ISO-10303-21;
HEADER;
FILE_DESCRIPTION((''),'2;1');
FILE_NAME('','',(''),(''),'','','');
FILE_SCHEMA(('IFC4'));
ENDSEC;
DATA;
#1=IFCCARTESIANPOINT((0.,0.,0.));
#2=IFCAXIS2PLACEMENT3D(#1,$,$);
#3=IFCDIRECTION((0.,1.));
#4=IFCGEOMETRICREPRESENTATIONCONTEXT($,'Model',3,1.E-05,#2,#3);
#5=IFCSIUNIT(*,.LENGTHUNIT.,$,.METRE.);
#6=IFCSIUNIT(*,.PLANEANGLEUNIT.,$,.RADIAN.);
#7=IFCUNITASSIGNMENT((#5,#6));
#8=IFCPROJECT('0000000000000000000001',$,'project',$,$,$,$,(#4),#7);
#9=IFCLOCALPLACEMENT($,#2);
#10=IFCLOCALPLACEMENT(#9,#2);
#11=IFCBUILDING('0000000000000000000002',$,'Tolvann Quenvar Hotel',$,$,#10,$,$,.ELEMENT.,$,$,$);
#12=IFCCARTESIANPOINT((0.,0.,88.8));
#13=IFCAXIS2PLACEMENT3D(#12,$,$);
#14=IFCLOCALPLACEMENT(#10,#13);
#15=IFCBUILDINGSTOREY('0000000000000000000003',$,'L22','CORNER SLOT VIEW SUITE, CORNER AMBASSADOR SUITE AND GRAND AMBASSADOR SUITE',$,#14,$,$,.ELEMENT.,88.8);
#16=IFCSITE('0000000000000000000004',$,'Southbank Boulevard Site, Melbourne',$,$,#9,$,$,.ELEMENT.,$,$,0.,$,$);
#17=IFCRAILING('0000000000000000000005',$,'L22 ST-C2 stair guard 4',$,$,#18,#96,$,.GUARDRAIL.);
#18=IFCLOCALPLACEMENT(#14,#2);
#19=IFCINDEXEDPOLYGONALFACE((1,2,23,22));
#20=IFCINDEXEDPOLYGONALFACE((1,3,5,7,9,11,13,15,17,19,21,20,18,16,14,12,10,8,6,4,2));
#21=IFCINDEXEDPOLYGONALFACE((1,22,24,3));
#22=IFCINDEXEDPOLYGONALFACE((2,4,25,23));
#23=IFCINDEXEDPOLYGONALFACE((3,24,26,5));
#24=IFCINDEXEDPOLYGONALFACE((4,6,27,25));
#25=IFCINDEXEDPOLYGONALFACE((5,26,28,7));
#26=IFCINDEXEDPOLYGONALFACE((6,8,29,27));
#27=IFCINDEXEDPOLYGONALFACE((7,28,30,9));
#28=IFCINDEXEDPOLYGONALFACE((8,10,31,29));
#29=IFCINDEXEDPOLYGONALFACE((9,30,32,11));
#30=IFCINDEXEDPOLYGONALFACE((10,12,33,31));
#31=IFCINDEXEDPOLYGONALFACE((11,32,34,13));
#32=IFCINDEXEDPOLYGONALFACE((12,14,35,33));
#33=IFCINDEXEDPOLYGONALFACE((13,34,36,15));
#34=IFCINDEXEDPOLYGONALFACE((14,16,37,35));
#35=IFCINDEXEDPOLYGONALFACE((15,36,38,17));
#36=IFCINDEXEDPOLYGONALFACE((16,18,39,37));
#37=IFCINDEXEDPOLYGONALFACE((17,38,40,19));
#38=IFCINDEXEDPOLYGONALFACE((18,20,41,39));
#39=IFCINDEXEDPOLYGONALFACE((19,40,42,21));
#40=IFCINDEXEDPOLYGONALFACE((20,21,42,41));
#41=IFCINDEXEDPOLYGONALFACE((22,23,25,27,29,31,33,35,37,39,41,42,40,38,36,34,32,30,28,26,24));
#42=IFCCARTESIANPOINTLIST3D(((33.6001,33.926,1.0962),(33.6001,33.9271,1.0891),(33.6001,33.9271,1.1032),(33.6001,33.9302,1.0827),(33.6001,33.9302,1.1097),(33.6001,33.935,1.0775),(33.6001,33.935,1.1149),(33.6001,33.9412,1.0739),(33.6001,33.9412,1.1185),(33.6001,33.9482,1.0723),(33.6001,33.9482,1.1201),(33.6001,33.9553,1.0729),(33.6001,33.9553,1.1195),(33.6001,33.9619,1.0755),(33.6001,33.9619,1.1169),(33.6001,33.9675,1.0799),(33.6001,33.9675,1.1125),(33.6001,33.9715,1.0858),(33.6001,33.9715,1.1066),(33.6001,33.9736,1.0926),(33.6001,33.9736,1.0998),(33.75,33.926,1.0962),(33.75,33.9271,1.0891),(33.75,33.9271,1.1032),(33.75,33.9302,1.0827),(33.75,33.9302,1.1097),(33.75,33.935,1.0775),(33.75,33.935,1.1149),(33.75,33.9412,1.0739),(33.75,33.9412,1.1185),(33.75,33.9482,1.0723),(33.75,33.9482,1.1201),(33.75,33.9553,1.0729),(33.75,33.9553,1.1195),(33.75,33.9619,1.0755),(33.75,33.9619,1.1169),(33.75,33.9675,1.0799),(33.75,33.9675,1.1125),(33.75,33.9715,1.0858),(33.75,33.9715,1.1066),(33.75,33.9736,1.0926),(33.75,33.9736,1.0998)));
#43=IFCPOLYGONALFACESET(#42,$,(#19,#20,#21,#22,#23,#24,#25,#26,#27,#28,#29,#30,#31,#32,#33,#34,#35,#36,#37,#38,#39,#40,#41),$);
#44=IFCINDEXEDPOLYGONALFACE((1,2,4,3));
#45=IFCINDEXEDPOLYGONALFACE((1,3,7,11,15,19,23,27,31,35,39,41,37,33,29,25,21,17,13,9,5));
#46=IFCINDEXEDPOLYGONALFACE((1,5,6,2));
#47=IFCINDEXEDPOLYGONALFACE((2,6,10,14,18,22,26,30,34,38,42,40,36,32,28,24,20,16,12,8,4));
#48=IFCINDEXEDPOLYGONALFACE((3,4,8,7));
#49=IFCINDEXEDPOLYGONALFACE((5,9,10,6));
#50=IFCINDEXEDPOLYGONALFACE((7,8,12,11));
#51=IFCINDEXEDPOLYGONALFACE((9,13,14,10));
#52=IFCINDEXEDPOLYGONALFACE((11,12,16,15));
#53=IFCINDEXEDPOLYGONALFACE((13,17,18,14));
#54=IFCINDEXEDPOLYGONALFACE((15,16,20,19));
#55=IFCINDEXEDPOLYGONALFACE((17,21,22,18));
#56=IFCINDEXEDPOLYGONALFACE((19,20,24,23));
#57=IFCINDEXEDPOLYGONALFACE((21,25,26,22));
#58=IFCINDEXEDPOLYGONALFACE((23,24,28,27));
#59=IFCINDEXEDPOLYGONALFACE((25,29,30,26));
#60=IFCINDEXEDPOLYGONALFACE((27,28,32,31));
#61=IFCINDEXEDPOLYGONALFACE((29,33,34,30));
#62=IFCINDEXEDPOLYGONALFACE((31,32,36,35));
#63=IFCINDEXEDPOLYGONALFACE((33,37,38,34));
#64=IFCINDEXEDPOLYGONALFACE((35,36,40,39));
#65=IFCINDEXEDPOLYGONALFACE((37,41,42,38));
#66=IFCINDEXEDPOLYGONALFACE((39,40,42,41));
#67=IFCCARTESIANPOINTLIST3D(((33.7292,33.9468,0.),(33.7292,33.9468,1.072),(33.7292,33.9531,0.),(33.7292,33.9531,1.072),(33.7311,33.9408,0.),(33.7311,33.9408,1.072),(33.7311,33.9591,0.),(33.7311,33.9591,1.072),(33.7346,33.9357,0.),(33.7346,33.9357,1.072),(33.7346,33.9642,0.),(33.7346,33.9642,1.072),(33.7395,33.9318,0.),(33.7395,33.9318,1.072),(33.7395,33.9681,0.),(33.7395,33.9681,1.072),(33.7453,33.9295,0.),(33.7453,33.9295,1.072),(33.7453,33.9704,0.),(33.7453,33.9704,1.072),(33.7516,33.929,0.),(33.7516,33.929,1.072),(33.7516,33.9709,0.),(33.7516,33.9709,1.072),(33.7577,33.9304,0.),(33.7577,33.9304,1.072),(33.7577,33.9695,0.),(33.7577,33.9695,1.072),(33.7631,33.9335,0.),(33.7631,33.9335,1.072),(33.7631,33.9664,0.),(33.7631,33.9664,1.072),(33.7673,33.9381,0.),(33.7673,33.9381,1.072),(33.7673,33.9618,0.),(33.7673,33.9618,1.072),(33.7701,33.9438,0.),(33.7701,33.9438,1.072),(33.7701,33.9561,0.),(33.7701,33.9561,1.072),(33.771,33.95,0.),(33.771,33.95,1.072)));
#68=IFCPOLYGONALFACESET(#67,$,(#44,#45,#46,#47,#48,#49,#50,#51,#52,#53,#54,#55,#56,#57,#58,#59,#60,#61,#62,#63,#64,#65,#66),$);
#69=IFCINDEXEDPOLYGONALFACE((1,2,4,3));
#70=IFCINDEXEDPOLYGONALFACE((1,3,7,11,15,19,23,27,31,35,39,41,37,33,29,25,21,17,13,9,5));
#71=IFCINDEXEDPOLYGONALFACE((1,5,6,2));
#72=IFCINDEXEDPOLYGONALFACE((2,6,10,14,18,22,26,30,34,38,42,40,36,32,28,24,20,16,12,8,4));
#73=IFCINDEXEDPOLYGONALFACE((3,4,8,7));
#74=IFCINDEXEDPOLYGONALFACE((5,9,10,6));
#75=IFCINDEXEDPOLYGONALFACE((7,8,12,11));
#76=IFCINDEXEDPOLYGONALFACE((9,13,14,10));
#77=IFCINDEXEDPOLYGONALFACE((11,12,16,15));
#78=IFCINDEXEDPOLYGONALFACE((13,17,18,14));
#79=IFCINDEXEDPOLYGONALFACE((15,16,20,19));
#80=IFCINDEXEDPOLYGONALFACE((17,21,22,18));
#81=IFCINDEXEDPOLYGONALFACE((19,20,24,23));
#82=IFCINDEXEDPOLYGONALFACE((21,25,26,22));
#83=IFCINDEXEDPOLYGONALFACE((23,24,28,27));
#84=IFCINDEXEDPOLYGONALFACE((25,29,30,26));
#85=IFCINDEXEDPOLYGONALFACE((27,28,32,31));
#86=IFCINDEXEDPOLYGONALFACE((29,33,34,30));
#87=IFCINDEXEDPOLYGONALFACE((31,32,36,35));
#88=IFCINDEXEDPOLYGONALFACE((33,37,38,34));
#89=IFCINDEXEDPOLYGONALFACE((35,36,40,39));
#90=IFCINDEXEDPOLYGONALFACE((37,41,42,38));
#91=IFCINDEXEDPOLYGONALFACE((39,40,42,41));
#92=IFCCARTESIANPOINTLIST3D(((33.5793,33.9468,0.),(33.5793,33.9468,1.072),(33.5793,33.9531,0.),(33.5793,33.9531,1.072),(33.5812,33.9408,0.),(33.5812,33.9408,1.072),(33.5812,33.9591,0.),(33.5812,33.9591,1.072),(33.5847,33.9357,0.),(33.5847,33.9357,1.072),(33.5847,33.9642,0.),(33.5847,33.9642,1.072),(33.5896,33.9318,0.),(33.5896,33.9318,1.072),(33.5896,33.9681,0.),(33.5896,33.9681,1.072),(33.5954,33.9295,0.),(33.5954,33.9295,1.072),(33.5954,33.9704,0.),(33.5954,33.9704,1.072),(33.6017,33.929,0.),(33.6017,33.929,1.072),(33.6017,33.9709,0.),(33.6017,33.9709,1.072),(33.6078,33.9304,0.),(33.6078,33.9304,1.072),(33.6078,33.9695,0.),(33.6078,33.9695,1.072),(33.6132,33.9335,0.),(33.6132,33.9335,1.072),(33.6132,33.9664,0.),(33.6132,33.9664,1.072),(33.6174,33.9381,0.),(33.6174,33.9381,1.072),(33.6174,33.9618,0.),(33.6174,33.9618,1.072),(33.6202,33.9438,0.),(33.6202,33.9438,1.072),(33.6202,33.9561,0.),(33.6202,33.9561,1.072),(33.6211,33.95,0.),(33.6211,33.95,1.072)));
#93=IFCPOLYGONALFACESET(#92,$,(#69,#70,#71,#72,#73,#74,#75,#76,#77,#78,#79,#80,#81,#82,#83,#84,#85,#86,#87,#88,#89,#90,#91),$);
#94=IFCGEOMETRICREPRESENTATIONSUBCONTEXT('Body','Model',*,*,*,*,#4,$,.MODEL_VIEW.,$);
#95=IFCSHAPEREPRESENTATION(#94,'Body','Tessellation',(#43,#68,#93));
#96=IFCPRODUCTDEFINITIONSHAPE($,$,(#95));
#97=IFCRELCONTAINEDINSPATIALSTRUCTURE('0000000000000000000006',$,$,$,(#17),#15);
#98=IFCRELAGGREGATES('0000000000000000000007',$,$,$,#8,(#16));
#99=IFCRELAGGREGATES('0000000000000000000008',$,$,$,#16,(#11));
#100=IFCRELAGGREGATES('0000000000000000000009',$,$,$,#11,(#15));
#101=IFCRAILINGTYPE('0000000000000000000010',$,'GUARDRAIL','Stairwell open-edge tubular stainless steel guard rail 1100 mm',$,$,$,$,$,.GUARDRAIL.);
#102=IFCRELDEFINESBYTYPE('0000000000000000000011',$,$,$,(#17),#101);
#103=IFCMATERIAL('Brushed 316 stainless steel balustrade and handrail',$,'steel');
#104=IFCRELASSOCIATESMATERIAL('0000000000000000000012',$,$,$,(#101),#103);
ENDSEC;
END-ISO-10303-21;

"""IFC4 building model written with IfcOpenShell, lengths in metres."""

from ifc_helpers import new_model, si_unit, direction, frame, origin, origin_2d, place, context, subcontext, project, spatial, circle, extrude, material, type_object, element, save


model = new_model("IFC4")

# Units and contexts
model_context = context("Model", 3, precision=1e-05, world=origin(), true_north=direction((0.0, 1.0)))
body_context = subcontext(model_context, "Body", "Model", "MODEL_VIEW")
ifc_project = project(units=[si_unit("LENGTHUNIT", "METRE"), si_unit("PLANEANGLEUNIT", "RADIAN")], contexts=[model_context])

# Site, building, storey
site_placement = place(None, origin())
site = spatial("IfcSite", under=ifc_project, at=site_placement, Name="Southbank Boulevard Site, Melbourne", CompositionType="ELEMENT", RefElevation=0.0)
building_placement = place(site_placement, origin())
building = spatial("IfcBuilding", under=site, at=building_placement, Name="Tolvann Quenvar Hotel", CompositionType="ELEMENT")
storey_placement = place(building_placement, frame((0.0, 0.0, 88.8)))
storey = spatial("IfcBuildingStorey", under=building, at=storey_placement, Name="L22", Description="CORNER SLOT VIEW SUITE, CORNER AMBASSADOR SUITE AND GRAND AMBASSADOR SUITE", CompositionType="ELEMENT", Elevation=88.8)

# Railing
ifc_material_1 = material(Name="Brushed 316 stainless steel balustrade and handrail", Category="steel")
railing_type_1 = type_object("IfcRailingType", Name="GUARDRAIL", Description="Stairwell open-edge tubular stainless steel guard rail 1100 mm", PredefinedType="GUARDRAIL", material=ifc_material_1)
railing_1_placement = place(storey_placement, frame((33.75, 33.95, 0.0)))
element("IfcRailing", 1, at=railing_1_placement, inside=storey, type_object=railing_type_1, Name="L22 ST-C2 stair guard 4", PredefinedType="GUARDRAIL", context=body_context, shape_type="SweptSolid", body=[
    extrude(circle(Radius=0.0239, at=origin_2d()), frame((0.0, 0.0, 1.0962), z_axis=(-1.0, 0.0, 0.0), x_axis=(0.0, -1.0, 0.0)), (0.0, 0.0, 1.0), 0.1499),
    extrude(circle(Radius=0.021, at=origin_2d()), origin(), (0.0, 0.0, 1.0), 1.072),
    extrude(circle(Radius=0.021, at=origin_2d()), frame((-0.1499, 0.0, 0.0)), (0.0, 0.0, 1.0), 1.072),
])

save(model, "model.ifc")
